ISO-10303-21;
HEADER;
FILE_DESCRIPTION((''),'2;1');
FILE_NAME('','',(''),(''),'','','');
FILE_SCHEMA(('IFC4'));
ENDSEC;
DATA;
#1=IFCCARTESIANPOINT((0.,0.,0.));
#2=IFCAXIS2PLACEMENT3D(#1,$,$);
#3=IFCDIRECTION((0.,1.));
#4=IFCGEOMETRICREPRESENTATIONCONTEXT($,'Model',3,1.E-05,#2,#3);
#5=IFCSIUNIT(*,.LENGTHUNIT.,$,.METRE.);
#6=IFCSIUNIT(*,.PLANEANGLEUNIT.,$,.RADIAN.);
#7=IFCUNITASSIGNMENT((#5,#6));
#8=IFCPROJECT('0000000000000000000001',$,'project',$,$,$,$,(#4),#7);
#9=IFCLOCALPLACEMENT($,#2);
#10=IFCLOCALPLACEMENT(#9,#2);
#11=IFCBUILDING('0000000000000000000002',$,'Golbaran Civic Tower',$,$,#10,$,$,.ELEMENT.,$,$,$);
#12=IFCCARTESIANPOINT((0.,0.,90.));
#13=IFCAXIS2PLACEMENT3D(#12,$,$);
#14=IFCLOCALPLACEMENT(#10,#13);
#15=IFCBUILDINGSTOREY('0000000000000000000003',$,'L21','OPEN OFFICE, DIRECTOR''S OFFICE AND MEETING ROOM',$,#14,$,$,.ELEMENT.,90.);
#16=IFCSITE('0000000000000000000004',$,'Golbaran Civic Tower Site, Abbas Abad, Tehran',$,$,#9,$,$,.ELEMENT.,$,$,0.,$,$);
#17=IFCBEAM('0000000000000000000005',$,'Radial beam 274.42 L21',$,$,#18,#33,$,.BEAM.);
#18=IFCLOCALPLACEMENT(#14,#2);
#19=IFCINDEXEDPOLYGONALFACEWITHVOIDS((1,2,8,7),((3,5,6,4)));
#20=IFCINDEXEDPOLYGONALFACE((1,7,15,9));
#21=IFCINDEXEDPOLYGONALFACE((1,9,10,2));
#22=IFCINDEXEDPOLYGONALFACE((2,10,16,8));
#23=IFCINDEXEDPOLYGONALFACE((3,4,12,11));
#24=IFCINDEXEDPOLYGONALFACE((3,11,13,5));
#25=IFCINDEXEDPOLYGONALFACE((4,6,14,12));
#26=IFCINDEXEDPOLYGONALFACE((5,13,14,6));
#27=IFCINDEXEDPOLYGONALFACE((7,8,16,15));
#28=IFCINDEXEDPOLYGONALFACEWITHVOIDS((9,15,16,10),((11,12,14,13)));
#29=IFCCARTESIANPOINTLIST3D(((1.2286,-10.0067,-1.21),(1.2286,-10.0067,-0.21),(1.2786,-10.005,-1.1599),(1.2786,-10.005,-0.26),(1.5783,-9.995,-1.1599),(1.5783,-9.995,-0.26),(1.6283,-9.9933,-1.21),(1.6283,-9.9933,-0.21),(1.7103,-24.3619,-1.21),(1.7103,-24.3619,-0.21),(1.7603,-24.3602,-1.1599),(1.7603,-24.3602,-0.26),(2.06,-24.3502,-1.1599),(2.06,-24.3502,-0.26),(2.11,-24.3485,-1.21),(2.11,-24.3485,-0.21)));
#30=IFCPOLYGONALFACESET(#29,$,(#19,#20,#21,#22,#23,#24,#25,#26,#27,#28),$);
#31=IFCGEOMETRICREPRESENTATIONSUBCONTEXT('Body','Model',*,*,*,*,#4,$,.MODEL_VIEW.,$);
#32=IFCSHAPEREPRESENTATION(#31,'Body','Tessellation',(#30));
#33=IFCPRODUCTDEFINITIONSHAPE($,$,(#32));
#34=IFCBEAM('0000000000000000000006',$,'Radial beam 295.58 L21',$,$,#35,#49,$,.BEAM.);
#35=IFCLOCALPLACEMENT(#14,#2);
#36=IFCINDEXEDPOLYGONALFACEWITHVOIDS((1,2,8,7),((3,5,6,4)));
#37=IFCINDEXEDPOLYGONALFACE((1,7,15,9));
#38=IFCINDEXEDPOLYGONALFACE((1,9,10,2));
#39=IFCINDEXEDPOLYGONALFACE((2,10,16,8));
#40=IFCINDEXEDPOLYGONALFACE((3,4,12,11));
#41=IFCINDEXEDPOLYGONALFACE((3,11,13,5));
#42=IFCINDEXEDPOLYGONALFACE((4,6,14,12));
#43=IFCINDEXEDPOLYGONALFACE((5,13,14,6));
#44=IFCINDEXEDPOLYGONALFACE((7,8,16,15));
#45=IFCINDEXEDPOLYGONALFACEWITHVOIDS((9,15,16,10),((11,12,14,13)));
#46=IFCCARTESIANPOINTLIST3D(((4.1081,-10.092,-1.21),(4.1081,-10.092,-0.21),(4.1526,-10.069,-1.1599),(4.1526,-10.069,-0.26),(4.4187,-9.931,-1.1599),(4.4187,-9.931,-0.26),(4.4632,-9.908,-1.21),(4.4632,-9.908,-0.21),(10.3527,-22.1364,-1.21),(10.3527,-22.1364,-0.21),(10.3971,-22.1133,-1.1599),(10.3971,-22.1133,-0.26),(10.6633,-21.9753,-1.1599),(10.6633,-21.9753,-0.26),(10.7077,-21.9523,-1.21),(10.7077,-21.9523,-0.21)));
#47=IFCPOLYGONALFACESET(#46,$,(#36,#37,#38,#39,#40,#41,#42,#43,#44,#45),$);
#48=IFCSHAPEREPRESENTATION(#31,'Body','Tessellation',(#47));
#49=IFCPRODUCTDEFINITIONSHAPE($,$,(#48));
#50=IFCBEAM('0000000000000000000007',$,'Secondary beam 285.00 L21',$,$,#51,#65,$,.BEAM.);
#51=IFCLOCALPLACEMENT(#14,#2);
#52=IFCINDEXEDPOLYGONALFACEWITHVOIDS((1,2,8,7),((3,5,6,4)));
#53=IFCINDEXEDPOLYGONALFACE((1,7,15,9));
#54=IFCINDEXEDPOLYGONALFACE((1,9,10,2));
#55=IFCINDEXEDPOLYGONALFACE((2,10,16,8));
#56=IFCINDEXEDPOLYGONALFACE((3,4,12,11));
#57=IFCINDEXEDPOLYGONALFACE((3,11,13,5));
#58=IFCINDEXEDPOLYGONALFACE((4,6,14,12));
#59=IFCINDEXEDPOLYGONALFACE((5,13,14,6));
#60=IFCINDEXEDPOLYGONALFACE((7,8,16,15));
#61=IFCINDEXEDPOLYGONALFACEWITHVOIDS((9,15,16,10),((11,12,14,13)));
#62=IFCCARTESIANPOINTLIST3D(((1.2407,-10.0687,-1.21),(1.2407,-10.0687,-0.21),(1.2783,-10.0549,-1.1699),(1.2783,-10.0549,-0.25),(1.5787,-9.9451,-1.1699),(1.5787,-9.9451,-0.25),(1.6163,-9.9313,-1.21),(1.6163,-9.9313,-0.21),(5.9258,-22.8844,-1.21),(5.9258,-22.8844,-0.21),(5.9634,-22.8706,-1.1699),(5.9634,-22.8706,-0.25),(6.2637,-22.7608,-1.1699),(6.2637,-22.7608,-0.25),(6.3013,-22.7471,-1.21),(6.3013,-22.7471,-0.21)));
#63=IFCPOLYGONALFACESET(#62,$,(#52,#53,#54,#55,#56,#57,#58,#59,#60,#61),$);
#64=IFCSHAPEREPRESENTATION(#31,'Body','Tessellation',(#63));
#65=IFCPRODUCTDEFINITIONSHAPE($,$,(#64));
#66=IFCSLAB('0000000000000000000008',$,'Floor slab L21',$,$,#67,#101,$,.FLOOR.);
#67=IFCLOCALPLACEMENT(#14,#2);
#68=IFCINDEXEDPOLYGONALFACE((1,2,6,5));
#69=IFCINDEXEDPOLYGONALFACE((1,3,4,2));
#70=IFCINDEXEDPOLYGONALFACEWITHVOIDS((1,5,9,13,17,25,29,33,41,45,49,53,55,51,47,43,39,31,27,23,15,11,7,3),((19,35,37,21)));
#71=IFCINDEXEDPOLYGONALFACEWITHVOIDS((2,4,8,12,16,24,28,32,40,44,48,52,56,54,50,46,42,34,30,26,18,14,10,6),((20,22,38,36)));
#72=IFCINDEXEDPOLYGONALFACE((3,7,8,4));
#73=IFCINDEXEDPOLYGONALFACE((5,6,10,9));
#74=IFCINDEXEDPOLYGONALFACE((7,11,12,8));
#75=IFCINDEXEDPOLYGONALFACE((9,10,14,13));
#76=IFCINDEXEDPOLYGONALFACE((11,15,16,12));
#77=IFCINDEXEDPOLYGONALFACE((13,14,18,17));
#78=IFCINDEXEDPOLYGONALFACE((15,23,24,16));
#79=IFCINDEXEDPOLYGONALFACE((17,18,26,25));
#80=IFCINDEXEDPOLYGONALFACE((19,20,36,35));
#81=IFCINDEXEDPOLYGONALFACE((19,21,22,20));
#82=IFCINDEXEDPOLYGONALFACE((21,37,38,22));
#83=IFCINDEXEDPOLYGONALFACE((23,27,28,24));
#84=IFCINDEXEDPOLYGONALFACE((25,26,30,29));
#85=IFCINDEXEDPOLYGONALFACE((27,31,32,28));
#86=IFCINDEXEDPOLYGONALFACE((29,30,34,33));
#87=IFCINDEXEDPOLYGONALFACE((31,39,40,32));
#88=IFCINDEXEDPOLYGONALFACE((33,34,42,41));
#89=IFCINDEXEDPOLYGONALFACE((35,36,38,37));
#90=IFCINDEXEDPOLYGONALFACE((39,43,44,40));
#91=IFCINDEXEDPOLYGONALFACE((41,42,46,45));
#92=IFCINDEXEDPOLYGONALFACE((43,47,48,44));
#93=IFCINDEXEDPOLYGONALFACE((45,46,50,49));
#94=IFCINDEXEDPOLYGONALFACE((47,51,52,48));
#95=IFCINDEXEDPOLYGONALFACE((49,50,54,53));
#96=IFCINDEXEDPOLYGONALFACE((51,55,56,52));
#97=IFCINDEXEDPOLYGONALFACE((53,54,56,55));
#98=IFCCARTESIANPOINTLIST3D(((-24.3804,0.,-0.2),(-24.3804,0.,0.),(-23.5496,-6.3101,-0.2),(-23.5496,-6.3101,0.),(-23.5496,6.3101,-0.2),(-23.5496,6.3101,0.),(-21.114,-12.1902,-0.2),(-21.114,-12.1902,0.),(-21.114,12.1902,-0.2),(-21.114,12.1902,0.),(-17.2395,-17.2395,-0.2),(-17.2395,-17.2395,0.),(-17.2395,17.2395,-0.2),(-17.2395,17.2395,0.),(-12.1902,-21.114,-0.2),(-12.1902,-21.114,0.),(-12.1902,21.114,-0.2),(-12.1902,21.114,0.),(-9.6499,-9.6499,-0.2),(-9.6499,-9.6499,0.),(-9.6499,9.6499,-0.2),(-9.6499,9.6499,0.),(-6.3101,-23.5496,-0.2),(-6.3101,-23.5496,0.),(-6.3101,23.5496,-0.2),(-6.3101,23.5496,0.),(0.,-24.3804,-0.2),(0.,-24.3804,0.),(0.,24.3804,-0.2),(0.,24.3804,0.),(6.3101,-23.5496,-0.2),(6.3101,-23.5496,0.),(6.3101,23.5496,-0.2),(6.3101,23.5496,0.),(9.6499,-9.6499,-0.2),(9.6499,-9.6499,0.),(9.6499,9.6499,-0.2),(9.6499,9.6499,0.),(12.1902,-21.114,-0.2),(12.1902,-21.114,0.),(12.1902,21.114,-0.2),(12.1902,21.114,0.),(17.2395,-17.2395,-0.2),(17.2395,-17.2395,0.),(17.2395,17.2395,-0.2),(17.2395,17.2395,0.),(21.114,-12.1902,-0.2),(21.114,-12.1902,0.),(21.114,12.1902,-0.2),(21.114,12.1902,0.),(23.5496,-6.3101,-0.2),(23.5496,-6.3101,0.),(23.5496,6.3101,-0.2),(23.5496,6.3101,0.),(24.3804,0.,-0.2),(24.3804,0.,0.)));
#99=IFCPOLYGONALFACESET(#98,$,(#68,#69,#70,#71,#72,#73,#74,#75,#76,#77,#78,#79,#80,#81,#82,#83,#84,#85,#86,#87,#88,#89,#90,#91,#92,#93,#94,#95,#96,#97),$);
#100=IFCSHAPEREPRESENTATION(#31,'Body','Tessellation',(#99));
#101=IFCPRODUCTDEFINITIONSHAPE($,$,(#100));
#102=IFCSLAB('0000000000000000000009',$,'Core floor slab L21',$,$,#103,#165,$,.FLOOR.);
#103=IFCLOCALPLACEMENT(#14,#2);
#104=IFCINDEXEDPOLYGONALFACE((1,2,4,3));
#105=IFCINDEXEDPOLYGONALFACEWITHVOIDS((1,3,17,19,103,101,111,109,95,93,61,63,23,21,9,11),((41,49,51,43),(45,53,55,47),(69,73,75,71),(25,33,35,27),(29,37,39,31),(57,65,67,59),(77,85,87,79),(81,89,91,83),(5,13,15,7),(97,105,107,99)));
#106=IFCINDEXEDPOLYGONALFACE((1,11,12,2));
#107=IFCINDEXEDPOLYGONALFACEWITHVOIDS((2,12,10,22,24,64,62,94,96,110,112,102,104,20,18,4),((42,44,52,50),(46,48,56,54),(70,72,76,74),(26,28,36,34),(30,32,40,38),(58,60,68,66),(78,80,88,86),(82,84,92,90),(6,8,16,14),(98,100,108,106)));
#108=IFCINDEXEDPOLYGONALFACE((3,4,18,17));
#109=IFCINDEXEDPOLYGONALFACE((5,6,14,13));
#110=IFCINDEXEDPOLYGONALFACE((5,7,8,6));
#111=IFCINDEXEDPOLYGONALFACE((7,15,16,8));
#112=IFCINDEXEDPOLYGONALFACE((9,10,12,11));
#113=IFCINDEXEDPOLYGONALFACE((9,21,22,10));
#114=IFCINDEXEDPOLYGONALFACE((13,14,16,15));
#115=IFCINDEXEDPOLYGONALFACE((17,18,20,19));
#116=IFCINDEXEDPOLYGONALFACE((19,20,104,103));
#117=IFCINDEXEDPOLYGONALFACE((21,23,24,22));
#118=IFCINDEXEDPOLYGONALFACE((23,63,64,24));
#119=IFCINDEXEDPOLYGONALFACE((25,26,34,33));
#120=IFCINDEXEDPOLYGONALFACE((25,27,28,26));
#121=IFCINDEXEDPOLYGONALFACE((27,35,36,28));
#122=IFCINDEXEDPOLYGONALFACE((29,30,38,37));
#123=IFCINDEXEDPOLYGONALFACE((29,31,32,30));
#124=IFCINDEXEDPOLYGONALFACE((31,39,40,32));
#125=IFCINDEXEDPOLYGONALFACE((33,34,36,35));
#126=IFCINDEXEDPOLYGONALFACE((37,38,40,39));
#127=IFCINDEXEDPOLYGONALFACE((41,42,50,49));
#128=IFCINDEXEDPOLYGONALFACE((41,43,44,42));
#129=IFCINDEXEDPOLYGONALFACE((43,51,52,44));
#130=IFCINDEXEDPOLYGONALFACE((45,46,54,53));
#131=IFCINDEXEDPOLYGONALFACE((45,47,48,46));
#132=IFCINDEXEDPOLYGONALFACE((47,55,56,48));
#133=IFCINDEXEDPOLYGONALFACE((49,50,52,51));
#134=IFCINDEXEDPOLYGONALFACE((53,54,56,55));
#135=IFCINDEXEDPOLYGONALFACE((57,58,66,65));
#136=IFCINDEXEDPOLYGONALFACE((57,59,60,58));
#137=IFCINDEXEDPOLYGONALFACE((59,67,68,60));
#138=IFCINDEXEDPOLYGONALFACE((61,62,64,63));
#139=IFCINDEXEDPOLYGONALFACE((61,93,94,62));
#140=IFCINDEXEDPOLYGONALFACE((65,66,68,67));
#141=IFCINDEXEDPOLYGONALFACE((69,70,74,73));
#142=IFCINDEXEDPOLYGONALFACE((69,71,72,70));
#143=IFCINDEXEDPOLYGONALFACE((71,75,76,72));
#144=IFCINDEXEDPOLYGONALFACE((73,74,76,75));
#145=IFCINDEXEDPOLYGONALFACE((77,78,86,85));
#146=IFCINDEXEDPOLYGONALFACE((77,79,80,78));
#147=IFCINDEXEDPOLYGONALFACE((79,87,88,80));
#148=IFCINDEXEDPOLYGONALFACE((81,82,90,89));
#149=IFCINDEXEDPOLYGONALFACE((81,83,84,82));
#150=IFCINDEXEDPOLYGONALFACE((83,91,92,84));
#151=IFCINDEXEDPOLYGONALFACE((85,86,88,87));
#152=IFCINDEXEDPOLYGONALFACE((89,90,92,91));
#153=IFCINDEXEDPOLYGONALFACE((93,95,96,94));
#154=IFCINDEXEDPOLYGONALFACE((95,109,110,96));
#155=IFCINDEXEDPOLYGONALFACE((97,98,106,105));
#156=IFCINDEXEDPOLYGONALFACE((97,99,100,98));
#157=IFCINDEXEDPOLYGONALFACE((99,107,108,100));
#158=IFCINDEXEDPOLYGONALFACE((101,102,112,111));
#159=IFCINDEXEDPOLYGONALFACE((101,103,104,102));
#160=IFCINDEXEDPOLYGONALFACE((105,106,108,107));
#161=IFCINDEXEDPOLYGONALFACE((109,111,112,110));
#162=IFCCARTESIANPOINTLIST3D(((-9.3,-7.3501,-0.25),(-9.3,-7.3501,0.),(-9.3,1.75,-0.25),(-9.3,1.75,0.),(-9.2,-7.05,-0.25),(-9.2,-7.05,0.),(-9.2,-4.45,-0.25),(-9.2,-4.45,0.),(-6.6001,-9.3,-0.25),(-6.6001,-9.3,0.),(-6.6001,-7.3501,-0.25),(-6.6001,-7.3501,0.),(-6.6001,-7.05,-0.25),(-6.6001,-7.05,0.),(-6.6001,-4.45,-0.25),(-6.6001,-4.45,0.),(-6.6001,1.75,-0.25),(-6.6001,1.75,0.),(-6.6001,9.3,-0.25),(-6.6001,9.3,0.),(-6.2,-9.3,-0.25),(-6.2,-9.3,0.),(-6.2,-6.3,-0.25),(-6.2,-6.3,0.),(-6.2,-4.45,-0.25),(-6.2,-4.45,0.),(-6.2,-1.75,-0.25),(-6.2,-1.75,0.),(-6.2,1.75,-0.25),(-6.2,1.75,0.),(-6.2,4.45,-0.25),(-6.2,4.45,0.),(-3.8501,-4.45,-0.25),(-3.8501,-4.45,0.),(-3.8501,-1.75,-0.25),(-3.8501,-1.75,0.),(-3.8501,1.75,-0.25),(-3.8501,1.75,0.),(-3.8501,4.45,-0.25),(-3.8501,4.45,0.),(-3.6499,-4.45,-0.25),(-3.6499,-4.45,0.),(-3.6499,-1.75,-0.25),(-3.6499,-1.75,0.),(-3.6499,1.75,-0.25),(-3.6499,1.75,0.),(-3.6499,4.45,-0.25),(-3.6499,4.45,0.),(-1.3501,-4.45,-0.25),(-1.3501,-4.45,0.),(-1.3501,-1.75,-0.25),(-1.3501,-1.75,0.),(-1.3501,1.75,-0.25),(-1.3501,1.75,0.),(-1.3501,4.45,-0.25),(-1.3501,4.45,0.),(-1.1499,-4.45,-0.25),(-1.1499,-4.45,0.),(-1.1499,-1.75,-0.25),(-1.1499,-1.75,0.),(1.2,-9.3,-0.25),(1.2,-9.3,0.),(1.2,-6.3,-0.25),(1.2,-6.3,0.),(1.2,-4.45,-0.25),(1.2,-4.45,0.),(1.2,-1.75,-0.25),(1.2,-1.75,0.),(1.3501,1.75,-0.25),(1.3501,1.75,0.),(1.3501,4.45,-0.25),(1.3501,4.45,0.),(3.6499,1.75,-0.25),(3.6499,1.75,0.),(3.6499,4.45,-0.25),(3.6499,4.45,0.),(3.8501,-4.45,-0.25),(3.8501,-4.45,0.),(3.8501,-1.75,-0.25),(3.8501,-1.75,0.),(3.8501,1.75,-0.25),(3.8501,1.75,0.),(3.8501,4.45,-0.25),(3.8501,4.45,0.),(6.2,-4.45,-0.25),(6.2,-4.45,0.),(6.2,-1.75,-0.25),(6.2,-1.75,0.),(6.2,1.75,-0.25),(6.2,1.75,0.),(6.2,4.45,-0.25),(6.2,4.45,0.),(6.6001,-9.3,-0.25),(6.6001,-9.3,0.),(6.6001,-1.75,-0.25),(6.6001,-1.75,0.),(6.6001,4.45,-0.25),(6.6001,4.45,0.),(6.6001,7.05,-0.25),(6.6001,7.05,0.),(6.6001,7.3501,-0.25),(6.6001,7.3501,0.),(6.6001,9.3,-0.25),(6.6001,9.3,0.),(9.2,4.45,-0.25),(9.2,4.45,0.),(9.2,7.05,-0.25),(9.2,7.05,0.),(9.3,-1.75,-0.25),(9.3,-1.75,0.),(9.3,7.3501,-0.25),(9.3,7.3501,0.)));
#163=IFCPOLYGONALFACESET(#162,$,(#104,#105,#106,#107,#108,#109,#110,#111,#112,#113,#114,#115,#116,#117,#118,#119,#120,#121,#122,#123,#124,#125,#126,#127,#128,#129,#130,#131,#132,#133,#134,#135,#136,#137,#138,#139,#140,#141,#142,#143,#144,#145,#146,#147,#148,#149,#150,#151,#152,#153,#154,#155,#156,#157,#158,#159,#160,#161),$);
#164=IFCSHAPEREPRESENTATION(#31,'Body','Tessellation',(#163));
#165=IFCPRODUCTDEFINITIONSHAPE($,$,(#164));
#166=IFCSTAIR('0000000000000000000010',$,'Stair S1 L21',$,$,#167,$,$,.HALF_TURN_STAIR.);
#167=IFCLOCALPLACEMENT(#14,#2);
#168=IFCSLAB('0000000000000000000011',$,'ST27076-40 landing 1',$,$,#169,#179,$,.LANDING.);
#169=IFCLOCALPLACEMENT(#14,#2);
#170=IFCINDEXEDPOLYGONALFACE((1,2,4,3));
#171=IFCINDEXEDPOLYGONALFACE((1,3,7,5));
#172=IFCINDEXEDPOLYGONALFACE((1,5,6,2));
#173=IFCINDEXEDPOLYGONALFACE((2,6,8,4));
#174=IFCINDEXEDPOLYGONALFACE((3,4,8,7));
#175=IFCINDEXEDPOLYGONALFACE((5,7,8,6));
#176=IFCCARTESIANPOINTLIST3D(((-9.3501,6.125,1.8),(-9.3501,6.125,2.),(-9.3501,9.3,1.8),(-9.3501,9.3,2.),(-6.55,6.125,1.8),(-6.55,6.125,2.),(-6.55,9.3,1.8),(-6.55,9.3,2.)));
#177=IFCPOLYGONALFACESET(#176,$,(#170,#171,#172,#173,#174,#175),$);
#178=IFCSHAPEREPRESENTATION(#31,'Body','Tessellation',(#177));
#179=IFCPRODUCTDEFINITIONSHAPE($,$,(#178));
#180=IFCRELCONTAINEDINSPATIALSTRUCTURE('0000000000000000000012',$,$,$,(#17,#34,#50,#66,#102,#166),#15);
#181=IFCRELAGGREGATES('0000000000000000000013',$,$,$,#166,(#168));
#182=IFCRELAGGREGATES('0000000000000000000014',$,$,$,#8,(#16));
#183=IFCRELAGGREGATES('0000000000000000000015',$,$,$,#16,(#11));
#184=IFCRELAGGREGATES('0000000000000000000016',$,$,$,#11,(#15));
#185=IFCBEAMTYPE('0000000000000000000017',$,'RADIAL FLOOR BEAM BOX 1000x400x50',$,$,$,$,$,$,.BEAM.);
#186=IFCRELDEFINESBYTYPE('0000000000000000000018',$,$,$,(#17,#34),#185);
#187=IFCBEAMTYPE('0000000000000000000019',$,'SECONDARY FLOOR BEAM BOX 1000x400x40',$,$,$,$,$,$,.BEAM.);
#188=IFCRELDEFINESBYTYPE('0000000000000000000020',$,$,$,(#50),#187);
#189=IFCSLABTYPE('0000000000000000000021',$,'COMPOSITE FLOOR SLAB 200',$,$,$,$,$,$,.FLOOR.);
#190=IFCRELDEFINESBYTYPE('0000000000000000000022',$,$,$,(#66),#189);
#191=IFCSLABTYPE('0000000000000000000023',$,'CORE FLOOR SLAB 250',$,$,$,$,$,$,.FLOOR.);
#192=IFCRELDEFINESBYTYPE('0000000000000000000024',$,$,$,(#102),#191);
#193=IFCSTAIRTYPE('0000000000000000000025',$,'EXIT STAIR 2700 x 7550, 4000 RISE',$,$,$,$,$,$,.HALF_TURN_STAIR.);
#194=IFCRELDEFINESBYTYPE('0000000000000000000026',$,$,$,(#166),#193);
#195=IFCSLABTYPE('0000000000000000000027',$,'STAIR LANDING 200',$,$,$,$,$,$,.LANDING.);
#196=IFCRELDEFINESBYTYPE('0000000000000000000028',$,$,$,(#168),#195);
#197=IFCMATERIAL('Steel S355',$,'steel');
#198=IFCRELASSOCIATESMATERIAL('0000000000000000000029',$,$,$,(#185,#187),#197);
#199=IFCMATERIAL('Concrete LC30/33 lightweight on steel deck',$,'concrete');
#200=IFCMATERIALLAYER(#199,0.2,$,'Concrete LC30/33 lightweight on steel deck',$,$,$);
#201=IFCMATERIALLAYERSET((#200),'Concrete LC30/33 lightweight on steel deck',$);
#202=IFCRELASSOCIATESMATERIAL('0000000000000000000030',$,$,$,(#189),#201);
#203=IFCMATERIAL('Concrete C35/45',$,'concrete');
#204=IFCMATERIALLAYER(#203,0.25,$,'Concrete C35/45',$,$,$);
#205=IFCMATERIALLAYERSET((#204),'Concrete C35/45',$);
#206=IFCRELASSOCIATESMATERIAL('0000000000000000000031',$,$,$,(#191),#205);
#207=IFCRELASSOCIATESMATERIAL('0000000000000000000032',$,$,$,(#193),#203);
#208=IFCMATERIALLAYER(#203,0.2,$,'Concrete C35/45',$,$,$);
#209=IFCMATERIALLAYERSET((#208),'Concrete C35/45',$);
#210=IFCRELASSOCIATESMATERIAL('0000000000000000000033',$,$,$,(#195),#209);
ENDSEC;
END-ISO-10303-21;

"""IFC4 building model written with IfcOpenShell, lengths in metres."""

from ifc_helpers import new_model, si_unit, direction, frame, origin, origin_2d, place, context, subcontext, project, spatial, polyline, hollow_rectangle, outline, extrude, material, layer, layer_set, material_profile, profile_set, type_object, element, aggregate, save


model = new_model("IFC4")

# Units and contexts
model_context = context("Model", 3, precision=1e-05, world=origin(), true_north=direction((0.0, 1.0)))
body_context = subcontext(model_context, "Body", "Model", "MODEL_VIEW")
ifc_project = project(units=[si_unit("LENGTHUNIT", "METRE"), si_unit("PLANEANGLEUNIT", "RADIAN")], contexts=[model_context])

# Site, building, storey
site_placement = place(None, origin())
site = spatial("IfcSite", under=ifc_project, at=site_placement, Name="Golbaran Civic Tower Site, Abbas Abad, Tehran", CompositionType="ELEMENT", RefElevation=0.0)
building_placement = place(site_placement, origin())
building = spatial("IfcBuilding", under=site, at=building_placement, Name="Golbaran Civic Tower", CompositionType="ELEMENT")
storey_placement = place(building_placement, frame((0.0, 0.0, 90.0)))
storey = spatial("IfcBuildingStorey", under=building, at=storey_placement, Name="L21", Description="OPEN OFFICE, DIRECTOR'S OFFICE AND MEETING ROOM", CompositionType="ELEMENT", Elevation=90.0)

# Beams
ifc_material_1 = material(Name="Steel S355", Category="steel")
ifc_material_profile_1 = material_profile(ifc_material_1, hollow_rectangle(XDim=0.3999, YDim=1.0, WallThickness=0.05, at=origin_2d()), Name="BOX 1000x400x50")
ifc_profile_set_1 = profile_set([ifc_material_profile_1], Name="Steel S355")
beam_type_1 = type_object("IfcBeamType", Name="RADIAL FLOOR BEAM BOX 1000x400x50", PredefinedType="BEAM", material=ifc_profile_set_1)
beam_1_placement = place(storey_placement, frame((1.4285, -10.0, -0.71), z_axis=(0.033536, -0.999438, 0.0), x_axis=(0.999438, 0.033536, 0.0)))
element("IfcBeam", 1, at=beam_1_placement, inside=storey, type_object=beam_type_1, Name="Radial beam 274.42 L21", PredefinedType="BEAM", context=body_context, shape_type="SweptSolid", body=[
    extrude(hollow_rectangle(XDim=0.3999, YDim=1.0, WallThickness=0.05, at=origin_2d()), origin(), (0.0, 0.0, 1.0), 14.3633),
])
beam_2_placement = place(storey_placement, frame((4.2856, -10.0, -0.71), z_axis=(0.46028, -0.887774, 0.0), x_axis=(0.887774, 0.46028, 0.0)))
element("IfcBeam", 2, at=beam_2_placement, inside=storey, type_object=beam_type_1, Name="Radial beam 295.58 L21", PredefinedType="BEAM", context=body_context, shape_type="SweptSolid", body=[
    extrude(hollow_rectangle(XDim=0.3999, YDim=1.0, WallThickness=0.05, at=origin_2d()), origin(), (0.0, 0.0, 1.0), 13.5669),
])
ifc_material_profile_2 = material_profile(ifc_material_1, hollow_rectangle(XDim=0.3999, YDim=1.0, WallThickness=0.04, at=origin_2d()), Name="BOX 1000x400x40")
ifc_profile_set_2 = profile_set([ifc_material_profile_2], Name="Steel S355")
beam_type_2 = type_object("IfcBeamType", Name="SECONDARY FLOOR BEAM BOX 1000x400x40", PredefinedType="BEAM", material=ifc_profile_set_2)
beam_3_placement = place(storey_placement, frame((1.4285, -10.0, -0.71), z_axis=(0.343349, -0.939208, 0.0), x_axis=(0.939208, 0.343349, 0.0)))
element("IfcBeam", 3, at=beam_3_placement, inside=storey, type_object=beam_type_2, Name="Secondary beam 285.00 L21", PredefinedType="BEAM", context=body_context, shape_type="SweptSolid", body=[
    extrude(hollow_rectangle(XDim=0.3999, YDim=1.0, WallThickness=0.04, at=origin_2d()), origin(), (0.0, 0.0, 1.0), 13.6453),
])

# Slabs
ifc_material_2 = material(Name="Concrete LC30/33 lightweight on steel deck", Category="concrete")
ifc_layer_1 = layer(ifc_material_2, 0.2, Name="Concrete LC30/33 lightweight on steel deck")
ifc_layer_set_1 = layer_set([ifc_layer_1], Name="Concrete LC30/33 lightweight on steel deck")
slab_type_1 = type_object("IfcSlabType", Name="COMPOSITE FLOOR SLAB 200", PredefinedType="FLOOR", material=ifc_layer_set_1)
slab_1_placement = place(storey_placement, frame((0.0, 0.0, -0.2)))
element("IfcSlab", 4, at=slab_1_placement, inside=storey, type_object=slab_type_1, Name="Floor slab L21", PredefinedType="FLOOR", context=body_context, shape_type="SweptSolid", body=[
    extrude(outline(polyline([(21.114, -12.1902), (17.2395, -17.2395), (12.1902, -21.114), (6.3101, -23.5496), (0.0, -24.3804), (-6.3101, -23.5496), (-12.1902, -21.114), (-17.2395, -17.2395), (-21.114, -12.1902), (-23.5496, -6.3101), (-24.3804, 0.0), (-23.5496, 6.3101), (-21.114, 12.1902), (-17.2395, 17.2395), (-12.1902, 21.114), (-6.3101, 23.5496), (0.0, 24.3804), (6.3101, 23.5496), (12.1902, 21.114), (17.2395, 17.2395), (21.114, 12.1902), (23.5496, 6.3101), (24.3804, 0.0), (23.5496, -6.3101), (21.114, -12.1902)]), holes=[polyline([(-9.6499, 9.6499), (-9.6499, -9.6499), (9.6499, -9.6499), (9.6499, 9.6499), (-9.6499, 9.6499)])]), origin(), (0.0, 0.0, 1.0), 0.2),
])
ifc_material_3 = material(Name="Concrete C35/45", Category="concrete")
ifc_layer_2 = layer(ifc_material_3, 0.25, Name="Concrete C35/45")
ifc_layer_set_2 = layer_set([ifc_layer_2], Name="Concrete C35/45")
slab_type_2 = type_object("IfcSlabType", Name="CORE FLOOR SLAB 250", PredefinedType="FLOOR", material=ifc_layer_set_2)
slab_2_placement = place(storey_placement, frame((0.0, 0.0, -0.25)))
element("IfcSlab", 5, at=slab_2_placement, inside=storey, type_object=slab_type_2, Name="Core floor slab L21", PredefinedType="FLOOR", context=body_context, shape_type="SweptSolid", body=[
    extrude(outline(polyline([(6.6001, -1.75), (6.6001, -9.3), (1.2, -9.3), (1.2, -6.3), (-6.2, -6.3), (-6.2, -9.3), (-6.6001, -9.3), (-6.6001, -7.3501), (-9.3, -7.3501), (-9.3, 1.75), (-6.6001, 1.75), (-6.6001, 9.3), (6.6001, 9.3), (6.6001, 7.3501), (9.3, 7.3501), (9.3, -1.75), (6.6001, -1.75)]), holes=[polyline([(9.2, 7.05), (6.6001, 7.05), (6.6001, 4.45), (9.2, 4.45), (9.2, 7.05)]), polyline([(6.2, -1.75), (3.8501, -1.75), (3.8501, -4.45), (6.2, -4.45), (6.2, -1.75)]), polyline([(6.2, 4.45), (3.8501, 4.45), (3.8501, 1.75), (6.2, 1.75), (6.2, 4.45)]), polyline([(3.6499, 4.45), (1.3501, 4.45), (1.3501, 1.75), (3.6499, 1.75), (3.6499, 4.45)]), polyline([(1.2, -1.75), (-1.1499, -1.75), (-1.1499, -4.45), (1.2, -4.45), (1.2, -1.75)]), polyline([(-1.3501, 4.45), (-3.6499, 4.45), (-3.6499, 1.75), (-1.3501, 1.75), (-1.3501, 4.45)]), polyline([(-1.3501, -1.75), (-3.6499, -1.75), (-3.6499, -4.45), (-1.3501, -4.45), (-1.3501, -1.75)]), polyline([(-3.8501, -1.75), (-6.2, -1.75), (-6.2, -4.45), (-3.8501, -4.45), (-3.8501, -1.75)]), polyline([(-3.8501, 4.45), (-6.2, 4.45), (-6.2, 1.75), (-3.8501, 1.75), (-3.8501, 4.45)]), polyline([(-6.6001, -4.45), (-9.2, -4.45), (-9.2, -7.05), (-6.6001, -7.05), (-6.6001, -4.45)])]), origin(), (0.0, 0.0, 1.0), 0.25),
])

# Stair, slab
stair_type = type_object("IfcStairType", Name="EXIT STAIR 2700 x 7550, 4000 RISE", PredefinedType="HALF_TURN_STAIR", material=ifc_material_3)
stair_1_placement = place(storey_placement, origin())
stair_1 = element("IfcStair", 6, at=stair_1_placement, inside=storey, type_object=stair_type, Name="Stair S1 L21", PredefinedType="HALF_TURN_STAIR")
ifc_layer_3 = layer(ifc_material_3, 0.2, Name="Concrete C35/45")
ifc_layer_set_3 = layer_set([ifc_layer_3], Name="Concrete C35/45")
slab_type_3 = type_object("IfcSlabType", Name="STAIR LANDING 200", PredefinedType="LANDING", material=ifc_layer_set_3)
slab_3_placement = place(storey_placement, frame((0.0, 0.0, 1.8)))
slab_3 = element("IfcSlab", 7, at=slab_3_placement, type_object=slab_type_3, Name="ST27076-40 landing 1", PredefinedType="LANDING", context=body_context, shape_type="SweptSolid", body=[
    extrude(outline(polyline([(-9.3501, 6.125), (-9.3501, 9.3), (-6.55, 9.3), (-6.55, 6.125), (-9.3501, 6.125)])), origin(), (0.0, 0.0, 1.0), 0.2),
])
aggregate(stair_1, [slab_3])

save(model, "model.ifc")
